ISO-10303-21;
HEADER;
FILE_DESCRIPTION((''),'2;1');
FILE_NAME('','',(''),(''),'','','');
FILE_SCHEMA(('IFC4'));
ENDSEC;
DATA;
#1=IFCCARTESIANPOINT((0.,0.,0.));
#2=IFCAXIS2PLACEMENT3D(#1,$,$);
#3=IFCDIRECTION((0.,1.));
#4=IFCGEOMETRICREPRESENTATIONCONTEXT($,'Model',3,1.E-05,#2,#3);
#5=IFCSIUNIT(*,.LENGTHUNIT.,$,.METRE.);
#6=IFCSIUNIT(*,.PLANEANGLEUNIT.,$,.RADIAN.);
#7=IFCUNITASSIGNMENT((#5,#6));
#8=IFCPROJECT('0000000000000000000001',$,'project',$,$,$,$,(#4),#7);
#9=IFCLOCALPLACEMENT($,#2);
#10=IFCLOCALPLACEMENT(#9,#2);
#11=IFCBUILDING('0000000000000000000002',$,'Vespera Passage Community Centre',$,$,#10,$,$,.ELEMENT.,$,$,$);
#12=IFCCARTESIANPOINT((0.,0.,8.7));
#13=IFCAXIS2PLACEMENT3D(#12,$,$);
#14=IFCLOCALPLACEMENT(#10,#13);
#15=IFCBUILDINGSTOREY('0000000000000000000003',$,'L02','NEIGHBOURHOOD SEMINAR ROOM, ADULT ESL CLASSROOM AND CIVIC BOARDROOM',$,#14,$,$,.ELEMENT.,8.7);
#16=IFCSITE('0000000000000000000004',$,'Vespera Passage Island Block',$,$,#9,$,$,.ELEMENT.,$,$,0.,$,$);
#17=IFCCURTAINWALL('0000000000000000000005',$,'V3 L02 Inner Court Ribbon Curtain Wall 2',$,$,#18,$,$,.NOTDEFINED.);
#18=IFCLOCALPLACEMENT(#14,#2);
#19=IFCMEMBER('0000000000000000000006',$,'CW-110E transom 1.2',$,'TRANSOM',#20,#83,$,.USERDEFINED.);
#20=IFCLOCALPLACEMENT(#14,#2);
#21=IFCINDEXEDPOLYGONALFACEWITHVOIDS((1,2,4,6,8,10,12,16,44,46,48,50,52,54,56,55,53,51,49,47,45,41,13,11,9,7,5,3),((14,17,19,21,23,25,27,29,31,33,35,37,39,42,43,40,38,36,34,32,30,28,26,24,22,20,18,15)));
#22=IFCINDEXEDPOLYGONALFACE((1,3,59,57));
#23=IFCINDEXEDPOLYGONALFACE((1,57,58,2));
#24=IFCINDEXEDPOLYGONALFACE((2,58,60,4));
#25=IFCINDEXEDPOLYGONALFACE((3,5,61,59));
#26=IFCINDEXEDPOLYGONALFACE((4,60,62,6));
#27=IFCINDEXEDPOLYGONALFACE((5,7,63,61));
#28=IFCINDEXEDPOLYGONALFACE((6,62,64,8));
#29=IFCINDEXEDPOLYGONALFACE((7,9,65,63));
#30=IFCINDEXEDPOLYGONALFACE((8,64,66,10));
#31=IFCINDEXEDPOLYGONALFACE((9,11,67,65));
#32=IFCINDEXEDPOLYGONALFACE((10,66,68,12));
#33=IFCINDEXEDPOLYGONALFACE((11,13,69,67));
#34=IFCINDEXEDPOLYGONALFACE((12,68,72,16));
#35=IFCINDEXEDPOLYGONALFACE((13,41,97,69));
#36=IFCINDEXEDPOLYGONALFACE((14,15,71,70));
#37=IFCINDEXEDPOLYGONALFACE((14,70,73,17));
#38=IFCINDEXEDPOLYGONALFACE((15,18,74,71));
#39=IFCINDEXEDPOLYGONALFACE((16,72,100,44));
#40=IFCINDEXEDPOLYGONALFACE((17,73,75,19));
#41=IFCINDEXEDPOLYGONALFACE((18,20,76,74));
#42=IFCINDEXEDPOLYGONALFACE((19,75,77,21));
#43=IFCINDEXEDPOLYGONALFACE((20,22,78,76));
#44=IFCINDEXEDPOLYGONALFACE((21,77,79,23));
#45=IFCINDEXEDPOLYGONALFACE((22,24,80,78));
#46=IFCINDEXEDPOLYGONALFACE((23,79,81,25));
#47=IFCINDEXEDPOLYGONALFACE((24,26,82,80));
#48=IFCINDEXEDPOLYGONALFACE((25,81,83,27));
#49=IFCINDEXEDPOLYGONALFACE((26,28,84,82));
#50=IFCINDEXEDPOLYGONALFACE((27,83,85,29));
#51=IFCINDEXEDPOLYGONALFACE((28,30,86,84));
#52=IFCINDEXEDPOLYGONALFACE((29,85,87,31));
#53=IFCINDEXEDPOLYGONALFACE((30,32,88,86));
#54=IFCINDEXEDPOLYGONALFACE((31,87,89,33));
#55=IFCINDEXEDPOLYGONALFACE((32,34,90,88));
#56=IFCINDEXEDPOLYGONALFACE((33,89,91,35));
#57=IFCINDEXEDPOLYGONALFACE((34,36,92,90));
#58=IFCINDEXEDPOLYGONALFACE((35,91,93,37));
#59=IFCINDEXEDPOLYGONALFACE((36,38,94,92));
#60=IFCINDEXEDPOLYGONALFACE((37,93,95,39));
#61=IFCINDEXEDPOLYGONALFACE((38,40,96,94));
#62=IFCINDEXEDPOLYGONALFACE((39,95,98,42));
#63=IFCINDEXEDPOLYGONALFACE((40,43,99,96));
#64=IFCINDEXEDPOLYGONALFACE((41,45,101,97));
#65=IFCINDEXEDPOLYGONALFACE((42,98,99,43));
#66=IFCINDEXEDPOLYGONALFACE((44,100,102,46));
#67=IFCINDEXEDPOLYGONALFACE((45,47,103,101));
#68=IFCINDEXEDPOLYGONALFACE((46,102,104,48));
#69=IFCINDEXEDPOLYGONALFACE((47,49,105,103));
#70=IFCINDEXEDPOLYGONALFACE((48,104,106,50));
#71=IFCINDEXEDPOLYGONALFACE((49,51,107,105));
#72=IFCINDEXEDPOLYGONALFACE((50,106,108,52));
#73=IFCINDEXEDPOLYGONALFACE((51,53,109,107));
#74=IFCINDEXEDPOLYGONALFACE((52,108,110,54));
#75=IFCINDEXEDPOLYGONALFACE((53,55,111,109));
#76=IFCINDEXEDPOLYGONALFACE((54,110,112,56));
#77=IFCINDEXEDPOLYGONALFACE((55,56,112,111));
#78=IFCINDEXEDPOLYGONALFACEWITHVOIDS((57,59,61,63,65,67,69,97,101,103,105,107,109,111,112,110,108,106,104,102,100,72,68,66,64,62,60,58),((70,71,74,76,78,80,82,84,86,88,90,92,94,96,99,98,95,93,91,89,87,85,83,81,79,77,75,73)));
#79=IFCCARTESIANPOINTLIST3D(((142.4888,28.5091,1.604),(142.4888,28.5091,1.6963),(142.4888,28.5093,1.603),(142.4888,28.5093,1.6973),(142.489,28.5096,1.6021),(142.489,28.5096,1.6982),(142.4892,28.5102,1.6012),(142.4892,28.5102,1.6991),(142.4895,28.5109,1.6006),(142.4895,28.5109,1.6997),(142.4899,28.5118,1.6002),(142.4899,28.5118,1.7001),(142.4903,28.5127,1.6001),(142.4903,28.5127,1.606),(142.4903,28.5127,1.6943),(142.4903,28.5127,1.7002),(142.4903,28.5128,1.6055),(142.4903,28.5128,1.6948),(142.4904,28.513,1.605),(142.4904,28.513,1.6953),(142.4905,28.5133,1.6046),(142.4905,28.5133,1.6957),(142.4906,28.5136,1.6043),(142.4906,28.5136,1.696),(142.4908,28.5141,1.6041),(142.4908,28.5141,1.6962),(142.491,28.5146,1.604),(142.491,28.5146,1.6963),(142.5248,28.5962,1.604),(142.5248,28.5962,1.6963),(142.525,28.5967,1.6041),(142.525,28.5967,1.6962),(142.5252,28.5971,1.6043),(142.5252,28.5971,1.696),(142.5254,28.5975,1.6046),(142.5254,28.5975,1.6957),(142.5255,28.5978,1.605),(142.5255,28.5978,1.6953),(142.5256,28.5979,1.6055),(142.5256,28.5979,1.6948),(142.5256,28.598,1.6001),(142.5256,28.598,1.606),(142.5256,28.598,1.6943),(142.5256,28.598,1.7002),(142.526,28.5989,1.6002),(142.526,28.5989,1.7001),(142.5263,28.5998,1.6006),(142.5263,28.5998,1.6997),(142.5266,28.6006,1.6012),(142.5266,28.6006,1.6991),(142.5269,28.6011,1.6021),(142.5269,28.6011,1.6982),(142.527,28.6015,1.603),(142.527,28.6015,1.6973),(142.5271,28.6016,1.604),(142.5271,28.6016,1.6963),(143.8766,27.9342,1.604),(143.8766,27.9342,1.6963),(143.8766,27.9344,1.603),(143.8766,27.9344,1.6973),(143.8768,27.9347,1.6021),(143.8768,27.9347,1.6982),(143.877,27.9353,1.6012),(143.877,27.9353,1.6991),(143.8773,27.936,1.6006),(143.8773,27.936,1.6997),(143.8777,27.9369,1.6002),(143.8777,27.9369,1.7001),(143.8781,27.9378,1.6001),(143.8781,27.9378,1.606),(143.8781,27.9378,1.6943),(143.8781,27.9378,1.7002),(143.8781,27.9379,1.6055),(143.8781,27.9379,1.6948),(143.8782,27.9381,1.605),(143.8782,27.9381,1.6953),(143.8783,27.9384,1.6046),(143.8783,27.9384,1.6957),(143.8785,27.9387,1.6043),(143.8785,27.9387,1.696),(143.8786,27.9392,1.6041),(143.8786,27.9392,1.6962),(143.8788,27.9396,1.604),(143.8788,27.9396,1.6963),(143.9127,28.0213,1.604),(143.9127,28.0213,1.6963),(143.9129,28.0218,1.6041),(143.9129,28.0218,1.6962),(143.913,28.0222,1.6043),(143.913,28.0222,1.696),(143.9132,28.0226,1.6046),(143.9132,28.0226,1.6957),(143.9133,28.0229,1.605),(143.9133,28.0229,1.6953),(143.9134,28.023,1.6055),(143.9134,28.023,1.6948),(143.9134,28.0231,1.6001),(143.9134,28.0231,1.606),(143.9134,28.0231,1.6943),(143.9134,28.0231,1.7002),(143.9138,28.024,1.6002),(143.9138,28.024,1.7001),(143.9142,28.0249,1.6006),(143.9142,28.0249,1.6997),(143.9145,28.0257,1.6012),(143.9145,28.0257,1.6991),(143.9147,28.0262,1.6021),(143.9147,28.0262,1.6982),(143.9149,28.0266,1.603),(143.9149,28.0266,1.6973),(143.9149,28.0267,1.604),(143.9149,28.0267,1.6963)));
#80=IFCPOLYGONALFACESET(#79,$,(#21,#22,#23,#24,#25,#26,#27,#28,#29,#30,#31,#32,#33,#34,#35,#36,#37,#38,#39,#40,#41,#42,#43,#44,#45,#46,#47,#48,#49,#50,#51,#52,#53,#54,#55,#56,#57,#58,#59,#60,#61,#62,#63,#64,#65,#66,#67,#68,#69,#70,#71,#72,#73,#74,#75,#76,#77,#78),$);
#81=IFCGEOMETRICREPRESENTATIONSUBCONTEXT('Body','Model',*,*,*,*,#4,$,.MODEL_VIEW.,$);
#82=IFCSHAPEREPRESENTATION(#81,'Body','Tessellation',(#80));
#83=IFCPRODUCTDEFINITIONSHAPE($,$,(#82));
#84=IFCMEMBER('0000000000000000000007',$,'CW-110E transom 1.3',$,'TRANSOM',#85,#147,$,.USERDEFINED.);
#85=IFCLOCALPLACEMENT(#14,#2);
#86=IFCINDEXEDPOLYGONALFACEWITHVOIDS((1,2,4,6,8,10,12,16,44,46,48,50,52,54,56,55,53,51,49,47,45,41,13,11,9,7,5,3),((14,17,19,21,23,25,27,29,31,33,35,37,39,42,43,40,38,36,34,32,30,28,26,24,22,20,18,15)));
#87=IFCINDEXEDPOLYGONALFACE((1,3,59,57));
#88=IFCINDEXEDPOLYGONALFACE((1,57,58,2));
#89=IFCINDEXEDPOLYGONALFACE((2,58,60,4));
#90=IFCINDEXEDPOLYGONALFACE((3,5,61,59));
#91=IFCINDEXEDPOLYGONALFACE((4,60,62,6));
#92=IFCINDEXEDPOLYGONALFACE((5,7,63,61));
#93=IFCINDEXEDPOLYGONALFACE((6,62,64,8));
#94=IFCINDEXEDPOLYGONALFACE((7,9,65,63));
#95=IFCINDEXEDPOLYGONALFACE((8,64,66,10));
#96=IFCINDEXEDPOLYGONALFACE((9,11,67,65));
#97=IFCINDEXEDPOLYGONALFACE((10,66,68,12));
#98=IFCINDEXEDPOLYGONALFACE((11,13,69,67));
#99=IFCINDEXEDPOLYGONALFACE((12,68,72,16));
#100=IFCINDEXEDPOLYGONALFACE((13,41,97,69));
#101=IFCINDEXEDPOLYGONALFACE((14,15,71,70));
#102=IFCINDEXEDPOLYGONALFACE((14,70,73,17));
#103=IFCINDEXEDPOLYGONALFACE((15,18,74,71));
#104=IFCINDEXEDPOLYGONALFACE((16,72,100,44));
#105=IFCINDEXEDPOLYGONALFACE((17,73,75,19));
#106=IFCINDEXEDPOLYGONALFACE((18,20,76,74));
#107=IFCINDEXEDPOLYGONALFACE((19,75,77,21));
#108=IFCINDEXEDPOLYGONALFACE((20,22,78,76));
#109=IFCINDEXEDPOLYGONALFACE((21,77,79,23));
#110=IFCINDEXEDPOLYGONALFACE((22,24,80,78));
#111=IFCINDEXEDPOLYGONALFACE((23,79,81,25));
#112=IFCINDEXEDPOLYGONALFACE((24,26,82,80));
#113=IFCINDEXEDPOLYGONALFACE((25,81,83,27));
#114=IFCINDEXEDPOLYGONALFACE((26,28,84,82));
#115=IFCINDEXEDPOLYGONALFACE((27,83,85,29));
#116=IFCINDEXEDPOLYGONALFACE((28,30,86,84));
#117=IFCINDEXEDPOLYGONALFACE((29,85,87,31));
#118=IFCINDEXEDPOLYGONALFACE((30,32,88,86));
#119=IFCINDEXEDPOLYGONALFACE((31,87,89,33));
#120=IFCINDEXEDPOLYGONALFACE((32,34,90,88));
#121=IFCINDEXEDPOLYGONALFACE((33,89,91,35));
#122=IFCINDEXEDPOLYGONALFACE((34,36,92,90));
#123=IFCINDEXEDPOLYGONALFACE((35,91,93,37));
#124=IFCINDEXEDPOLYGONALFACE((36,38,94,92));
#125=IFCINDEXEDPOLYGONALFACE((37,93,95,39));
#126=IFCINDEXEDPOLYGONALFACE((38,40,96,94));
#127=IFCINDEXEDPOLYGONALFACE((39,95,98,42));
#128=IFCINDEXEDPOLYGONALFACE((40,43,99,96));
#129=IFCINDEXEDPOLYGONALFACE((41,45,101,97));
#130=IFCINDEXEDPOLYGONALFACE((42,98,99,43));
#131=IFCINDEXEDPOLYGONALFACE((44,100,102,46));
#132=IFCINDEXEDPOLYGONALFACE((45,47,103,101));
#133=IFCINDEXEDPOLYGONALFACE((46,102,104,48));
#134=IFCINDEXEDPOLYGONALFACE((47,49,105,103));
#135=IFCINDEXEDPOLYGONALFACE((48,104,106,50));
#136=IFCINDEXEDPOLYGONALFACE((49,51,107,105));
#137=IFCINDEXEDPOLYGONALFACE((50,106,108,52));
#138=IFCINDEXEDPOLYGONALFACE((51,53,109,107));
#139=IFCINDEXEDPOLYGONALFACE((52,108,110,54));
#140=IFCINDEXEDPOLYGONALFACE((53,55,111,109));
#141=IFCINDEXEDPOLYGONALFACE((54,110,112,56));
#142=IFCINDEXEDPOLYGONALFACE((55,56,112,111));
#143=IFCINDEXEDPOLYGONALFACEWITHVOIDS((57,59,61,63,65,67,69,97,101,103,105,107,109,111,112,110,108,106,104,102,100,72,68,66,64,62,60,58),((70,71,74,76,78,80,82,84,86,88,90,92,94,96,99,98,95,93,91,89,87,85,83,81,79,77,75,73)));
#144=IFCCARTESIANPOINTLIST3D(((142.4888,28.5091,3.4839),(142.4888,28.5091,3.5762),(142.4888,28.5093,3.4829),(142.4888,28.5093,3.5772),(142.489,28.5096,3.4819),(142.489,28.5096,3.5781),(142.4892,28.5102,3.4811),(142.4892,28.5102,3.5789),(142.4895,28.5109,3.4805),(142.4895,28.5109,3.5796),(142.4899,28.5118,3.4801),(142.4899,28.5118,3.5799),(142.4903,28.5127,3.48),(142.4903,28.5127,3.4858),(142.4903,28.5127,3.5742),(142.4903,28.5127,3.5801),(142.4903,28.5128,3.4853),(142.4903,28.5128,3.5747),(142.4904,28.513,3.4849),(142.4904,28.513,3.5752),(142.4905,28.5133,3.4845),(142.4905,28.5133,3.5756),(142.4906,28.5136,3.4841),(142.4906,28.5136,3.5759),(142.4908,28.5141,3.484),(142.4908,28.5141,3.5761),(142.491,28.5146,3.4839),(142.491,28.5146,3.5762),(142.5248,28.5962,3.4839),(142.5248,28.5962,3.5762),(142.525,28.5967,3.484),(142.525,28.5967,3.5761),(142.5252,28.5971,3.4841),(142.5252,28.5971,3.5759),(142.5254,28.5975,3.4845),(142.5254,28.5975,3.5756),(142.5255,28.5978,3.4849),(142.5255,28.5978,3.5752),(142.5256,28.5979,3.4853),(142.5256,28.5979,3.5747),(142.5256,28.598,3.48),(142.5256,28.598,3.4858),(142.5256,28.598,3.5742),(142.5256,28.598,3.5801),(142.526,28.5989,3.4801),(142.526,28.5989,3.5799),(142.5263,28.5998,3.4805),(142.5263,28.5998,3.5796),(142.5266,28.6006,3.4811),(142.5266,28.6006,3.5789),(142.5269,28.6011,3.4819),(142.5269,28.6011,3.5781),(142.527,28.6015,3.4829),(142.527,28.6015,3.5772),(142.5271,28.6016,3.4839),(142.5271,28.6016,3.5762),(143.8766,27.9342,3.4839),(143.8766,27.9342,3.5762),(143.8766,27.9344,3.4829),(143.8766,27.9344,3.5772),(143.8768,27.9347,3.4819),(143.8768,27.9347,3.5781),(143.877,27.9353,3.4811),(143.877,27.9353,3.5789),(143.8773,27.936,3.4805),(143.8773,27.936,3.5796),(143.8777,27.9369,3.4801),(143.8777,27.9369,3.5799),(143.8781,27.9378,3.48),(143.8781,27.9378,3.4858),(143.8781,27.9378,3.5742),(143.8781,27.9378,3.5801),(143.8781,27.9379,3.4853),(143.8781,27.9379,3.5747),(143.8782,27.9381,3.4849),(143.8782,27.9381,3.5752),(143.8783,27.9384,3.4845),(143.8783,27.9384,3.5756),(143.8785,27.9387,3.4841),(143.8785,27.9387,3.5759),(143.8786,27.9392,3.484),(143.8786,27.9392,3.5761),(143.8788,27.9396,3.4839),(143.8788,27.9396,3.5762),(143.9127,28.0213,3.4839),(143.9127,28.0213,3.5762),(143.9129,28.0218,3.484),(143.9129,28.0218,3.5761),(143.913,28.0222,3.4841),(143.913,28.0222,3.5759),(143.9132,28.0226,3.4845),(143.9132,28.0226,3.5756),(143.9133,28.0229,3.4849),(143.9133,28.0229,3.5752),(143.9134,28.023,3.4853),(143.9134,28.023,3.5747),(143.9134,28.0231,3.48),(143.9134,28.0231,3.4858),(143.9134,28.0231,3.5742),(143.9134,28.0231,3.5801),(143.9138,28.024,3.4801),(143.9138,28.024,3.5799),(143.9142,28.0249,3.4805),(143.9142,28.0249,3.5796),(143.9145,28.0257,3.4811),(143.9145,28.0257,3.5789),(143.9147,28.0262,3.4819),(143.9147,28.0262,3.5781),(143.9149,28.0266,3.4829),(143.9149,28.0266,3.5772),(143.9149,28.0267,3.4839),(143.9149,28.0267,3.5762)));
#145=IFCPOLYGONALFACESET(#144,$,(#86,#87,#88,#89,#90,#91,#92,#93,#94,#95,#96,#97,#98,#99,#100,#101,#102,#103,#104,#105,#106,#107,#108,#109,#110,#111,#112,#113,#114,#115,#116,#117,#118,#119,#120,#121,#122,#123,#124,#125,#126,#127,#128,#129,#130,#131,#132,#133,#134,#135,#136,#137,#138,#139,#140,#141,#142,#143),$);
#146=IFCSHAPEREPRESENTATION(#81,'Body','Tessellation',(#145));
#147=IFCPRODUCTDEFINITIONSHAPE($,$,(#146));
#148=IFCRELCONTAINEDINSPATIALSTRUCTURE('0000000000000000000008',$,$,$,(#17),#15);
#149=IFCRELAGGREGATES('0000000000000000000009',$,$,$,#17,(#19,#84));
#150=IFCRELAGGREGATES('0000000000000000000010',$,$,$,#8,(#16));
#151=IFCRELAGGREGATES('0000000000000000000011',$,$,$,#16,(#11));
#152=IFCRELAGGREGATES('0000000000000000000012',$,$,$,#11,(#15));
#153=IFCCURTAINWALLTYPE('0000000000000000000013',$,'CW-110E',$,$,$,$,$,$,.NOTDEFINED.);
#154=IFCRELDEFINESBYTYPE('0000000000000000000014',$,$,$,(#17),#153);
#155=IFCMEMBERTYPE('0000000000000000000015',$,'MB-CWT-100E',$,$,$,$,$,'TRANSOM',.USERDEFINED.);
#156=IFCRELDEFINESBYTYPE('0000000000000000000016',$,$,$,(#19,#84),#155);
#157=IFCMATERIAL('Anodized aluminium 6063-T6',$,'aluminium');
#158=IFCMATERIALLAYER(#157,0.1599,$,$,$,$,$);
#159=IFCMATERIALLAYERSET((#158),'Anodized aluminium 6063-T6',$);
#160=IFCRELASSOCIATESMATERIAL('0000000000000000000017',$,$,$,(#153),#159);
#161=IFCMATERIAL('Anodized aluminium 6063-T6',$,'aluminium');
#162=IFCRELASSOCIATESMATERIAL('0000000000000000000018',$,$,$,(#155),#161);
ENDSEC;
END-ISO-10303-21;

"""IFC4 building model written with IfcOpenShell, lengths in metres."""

from ifc_helpers import new_model, si_unit, direction, frame, origin, origin_2d, place, context, subcontext, project, spatial, hollow_rectangle, extrude, material, layer, layer_set, material_profile, profile_set, type_object, element, aggregate, save


model = new_model("IFC4")

# Units and contexts
model_context = context("Model", 3, precision=1e-05, world=origin(), true_north=direction((0.0, 1.0)))
body_context = subcontext(model_context, "Body", "Model", "MODEL_VIEW")
ifc_project = project(units=[si_unit("LENGTHUNIT", "METRE"), si_unit("PLANEANGLEUNIT", "RADIAN")], contexts=[model_context])

# Site, building, storey
site_placement = place(None, origin())
site = spatial("IfcSite", under=ifc_project, at=site_placement, Name="Vespera Passage Island Block", CompositionType="ELEMENT", RefElevation=0.0)
building_placement = place(site_placement, origin())
building = spatial("IfcBuilding", under=site, at=building_placement, Name="Vespera Passage Community Centre", CompositionType="ELEMENT")
storey_placement = place(building_placement, frame((0.0, 0.0, 8.7)))
storey = spatial("IfcBuildingStorey", under=building, at=storey_placement, Name="L02", Description="NEIGHBOURHOOD SEMINAR ROOM, ADULT ESL CLASSROOM AND CIVIC BOARDROOM", CompositionType="ELEMENT", Elevation=8.7)

# Curtain wall
ifc_material_1 = material(Name="Anodized aluminium 6063-T6", Category="aluminium")
ifc_layer_1 = layer(ifc_material_1, 0.1599)
ifc_layer_set_1 = layer_set([ifc_layer_1], Name="Anodized aluminium 6063-T6")
curtain_wall_type = type_object("IfcCurtainWallType", Name="CW-110E", PredefinedType="NOTDEFINED", material=ifc_layer_set_1)
curtain_wall_1_placement = place(storey_placement, origin())
curtain_wall_1 = element("IfcCurtainWall", 1, at=curtain_wall_1_placement, inside=storey, type_object=curtain_wall_type, Name="V3 L02 Inner Court Ribbon Curtain Wall 2", PredefinedType="NOTDEFINED")

# Members
ifc_material_2 = material(Name="Anodized aluminium 6063-T6", Category="aluminium")
ifc_material_profile_1 = material_profile(ifc_material_2, hollow_rectangle(XDim=0.1001, YDim=0.1001, WallThickness=0.0039, InnerFilletRadius=0.002, OuterFilletRadius=0.0039, at=origin_2d()), Name="ALU100X100X4")
ifc_profile_set_1 = profile_set([ifc_material_profile_1], Name="Anodized aluminium 6063-T6")
member_type_1 = type_object("IfcMemberType", Name="MB-CWT-100E", ElementType="TRANSOM", PredefinedType="USERDEFINED", material=ifc_profile_set_1)
member_1_placement = place(storey_placement, frame((143.8958, 27.9805, 1.6501), z_axis=(-0.923868, 0.382711, 0.0), x_axis=(-0.382711, -0.923868, 0.0)))
member_1 = element("IfcMember", 2, at=member_1_placement, type_object=member_type_1, Name="CW-110E transom 1.2", ObjectType="TRANSOM", PredefinedType="USERDEFINED", context=body_context, shape_type="SweptSolid", body=[
    extrude(hollow_rectangle(XDim=0.1001, YDim=0.1001, WallThickness=0.0039, InnerFilletRadius=0.002, OuterFilletRadius=0.0039, at=origin_2d()), origin(), (0.0, 0.0, 1.0), 1.5022),
])
member_2_placement = place(storey_placement, frame((143.8958, 27.9805, 3.53), z_axis=(-0.923868, 0.382711, 0.0), x_axis=(-0.382711, -0.923868, 0.0)))
member_2 = element("IfcMember", 3, at=member_2_placement, type_object=member_type_1, Name="CW-110E transom 1.3", ObjectType="TRANSOM", PredefinedType="USERDEFINED", context=body_context, shape_type="SweptSolid", body=[
    extrude(hollow_rectangle(XDim=0.1001, YDim=0.1001, WallThickness=0.0039, InnerFilletRadius=0.002, OuterFilletRadius=0.0039, at=origin_2d()), origin(), (0.0, 0.0, 1.0), 1.5022),
])

aggregate(curtain_wall_1, [member_1, member_2])

save(model, "model.ifc")
